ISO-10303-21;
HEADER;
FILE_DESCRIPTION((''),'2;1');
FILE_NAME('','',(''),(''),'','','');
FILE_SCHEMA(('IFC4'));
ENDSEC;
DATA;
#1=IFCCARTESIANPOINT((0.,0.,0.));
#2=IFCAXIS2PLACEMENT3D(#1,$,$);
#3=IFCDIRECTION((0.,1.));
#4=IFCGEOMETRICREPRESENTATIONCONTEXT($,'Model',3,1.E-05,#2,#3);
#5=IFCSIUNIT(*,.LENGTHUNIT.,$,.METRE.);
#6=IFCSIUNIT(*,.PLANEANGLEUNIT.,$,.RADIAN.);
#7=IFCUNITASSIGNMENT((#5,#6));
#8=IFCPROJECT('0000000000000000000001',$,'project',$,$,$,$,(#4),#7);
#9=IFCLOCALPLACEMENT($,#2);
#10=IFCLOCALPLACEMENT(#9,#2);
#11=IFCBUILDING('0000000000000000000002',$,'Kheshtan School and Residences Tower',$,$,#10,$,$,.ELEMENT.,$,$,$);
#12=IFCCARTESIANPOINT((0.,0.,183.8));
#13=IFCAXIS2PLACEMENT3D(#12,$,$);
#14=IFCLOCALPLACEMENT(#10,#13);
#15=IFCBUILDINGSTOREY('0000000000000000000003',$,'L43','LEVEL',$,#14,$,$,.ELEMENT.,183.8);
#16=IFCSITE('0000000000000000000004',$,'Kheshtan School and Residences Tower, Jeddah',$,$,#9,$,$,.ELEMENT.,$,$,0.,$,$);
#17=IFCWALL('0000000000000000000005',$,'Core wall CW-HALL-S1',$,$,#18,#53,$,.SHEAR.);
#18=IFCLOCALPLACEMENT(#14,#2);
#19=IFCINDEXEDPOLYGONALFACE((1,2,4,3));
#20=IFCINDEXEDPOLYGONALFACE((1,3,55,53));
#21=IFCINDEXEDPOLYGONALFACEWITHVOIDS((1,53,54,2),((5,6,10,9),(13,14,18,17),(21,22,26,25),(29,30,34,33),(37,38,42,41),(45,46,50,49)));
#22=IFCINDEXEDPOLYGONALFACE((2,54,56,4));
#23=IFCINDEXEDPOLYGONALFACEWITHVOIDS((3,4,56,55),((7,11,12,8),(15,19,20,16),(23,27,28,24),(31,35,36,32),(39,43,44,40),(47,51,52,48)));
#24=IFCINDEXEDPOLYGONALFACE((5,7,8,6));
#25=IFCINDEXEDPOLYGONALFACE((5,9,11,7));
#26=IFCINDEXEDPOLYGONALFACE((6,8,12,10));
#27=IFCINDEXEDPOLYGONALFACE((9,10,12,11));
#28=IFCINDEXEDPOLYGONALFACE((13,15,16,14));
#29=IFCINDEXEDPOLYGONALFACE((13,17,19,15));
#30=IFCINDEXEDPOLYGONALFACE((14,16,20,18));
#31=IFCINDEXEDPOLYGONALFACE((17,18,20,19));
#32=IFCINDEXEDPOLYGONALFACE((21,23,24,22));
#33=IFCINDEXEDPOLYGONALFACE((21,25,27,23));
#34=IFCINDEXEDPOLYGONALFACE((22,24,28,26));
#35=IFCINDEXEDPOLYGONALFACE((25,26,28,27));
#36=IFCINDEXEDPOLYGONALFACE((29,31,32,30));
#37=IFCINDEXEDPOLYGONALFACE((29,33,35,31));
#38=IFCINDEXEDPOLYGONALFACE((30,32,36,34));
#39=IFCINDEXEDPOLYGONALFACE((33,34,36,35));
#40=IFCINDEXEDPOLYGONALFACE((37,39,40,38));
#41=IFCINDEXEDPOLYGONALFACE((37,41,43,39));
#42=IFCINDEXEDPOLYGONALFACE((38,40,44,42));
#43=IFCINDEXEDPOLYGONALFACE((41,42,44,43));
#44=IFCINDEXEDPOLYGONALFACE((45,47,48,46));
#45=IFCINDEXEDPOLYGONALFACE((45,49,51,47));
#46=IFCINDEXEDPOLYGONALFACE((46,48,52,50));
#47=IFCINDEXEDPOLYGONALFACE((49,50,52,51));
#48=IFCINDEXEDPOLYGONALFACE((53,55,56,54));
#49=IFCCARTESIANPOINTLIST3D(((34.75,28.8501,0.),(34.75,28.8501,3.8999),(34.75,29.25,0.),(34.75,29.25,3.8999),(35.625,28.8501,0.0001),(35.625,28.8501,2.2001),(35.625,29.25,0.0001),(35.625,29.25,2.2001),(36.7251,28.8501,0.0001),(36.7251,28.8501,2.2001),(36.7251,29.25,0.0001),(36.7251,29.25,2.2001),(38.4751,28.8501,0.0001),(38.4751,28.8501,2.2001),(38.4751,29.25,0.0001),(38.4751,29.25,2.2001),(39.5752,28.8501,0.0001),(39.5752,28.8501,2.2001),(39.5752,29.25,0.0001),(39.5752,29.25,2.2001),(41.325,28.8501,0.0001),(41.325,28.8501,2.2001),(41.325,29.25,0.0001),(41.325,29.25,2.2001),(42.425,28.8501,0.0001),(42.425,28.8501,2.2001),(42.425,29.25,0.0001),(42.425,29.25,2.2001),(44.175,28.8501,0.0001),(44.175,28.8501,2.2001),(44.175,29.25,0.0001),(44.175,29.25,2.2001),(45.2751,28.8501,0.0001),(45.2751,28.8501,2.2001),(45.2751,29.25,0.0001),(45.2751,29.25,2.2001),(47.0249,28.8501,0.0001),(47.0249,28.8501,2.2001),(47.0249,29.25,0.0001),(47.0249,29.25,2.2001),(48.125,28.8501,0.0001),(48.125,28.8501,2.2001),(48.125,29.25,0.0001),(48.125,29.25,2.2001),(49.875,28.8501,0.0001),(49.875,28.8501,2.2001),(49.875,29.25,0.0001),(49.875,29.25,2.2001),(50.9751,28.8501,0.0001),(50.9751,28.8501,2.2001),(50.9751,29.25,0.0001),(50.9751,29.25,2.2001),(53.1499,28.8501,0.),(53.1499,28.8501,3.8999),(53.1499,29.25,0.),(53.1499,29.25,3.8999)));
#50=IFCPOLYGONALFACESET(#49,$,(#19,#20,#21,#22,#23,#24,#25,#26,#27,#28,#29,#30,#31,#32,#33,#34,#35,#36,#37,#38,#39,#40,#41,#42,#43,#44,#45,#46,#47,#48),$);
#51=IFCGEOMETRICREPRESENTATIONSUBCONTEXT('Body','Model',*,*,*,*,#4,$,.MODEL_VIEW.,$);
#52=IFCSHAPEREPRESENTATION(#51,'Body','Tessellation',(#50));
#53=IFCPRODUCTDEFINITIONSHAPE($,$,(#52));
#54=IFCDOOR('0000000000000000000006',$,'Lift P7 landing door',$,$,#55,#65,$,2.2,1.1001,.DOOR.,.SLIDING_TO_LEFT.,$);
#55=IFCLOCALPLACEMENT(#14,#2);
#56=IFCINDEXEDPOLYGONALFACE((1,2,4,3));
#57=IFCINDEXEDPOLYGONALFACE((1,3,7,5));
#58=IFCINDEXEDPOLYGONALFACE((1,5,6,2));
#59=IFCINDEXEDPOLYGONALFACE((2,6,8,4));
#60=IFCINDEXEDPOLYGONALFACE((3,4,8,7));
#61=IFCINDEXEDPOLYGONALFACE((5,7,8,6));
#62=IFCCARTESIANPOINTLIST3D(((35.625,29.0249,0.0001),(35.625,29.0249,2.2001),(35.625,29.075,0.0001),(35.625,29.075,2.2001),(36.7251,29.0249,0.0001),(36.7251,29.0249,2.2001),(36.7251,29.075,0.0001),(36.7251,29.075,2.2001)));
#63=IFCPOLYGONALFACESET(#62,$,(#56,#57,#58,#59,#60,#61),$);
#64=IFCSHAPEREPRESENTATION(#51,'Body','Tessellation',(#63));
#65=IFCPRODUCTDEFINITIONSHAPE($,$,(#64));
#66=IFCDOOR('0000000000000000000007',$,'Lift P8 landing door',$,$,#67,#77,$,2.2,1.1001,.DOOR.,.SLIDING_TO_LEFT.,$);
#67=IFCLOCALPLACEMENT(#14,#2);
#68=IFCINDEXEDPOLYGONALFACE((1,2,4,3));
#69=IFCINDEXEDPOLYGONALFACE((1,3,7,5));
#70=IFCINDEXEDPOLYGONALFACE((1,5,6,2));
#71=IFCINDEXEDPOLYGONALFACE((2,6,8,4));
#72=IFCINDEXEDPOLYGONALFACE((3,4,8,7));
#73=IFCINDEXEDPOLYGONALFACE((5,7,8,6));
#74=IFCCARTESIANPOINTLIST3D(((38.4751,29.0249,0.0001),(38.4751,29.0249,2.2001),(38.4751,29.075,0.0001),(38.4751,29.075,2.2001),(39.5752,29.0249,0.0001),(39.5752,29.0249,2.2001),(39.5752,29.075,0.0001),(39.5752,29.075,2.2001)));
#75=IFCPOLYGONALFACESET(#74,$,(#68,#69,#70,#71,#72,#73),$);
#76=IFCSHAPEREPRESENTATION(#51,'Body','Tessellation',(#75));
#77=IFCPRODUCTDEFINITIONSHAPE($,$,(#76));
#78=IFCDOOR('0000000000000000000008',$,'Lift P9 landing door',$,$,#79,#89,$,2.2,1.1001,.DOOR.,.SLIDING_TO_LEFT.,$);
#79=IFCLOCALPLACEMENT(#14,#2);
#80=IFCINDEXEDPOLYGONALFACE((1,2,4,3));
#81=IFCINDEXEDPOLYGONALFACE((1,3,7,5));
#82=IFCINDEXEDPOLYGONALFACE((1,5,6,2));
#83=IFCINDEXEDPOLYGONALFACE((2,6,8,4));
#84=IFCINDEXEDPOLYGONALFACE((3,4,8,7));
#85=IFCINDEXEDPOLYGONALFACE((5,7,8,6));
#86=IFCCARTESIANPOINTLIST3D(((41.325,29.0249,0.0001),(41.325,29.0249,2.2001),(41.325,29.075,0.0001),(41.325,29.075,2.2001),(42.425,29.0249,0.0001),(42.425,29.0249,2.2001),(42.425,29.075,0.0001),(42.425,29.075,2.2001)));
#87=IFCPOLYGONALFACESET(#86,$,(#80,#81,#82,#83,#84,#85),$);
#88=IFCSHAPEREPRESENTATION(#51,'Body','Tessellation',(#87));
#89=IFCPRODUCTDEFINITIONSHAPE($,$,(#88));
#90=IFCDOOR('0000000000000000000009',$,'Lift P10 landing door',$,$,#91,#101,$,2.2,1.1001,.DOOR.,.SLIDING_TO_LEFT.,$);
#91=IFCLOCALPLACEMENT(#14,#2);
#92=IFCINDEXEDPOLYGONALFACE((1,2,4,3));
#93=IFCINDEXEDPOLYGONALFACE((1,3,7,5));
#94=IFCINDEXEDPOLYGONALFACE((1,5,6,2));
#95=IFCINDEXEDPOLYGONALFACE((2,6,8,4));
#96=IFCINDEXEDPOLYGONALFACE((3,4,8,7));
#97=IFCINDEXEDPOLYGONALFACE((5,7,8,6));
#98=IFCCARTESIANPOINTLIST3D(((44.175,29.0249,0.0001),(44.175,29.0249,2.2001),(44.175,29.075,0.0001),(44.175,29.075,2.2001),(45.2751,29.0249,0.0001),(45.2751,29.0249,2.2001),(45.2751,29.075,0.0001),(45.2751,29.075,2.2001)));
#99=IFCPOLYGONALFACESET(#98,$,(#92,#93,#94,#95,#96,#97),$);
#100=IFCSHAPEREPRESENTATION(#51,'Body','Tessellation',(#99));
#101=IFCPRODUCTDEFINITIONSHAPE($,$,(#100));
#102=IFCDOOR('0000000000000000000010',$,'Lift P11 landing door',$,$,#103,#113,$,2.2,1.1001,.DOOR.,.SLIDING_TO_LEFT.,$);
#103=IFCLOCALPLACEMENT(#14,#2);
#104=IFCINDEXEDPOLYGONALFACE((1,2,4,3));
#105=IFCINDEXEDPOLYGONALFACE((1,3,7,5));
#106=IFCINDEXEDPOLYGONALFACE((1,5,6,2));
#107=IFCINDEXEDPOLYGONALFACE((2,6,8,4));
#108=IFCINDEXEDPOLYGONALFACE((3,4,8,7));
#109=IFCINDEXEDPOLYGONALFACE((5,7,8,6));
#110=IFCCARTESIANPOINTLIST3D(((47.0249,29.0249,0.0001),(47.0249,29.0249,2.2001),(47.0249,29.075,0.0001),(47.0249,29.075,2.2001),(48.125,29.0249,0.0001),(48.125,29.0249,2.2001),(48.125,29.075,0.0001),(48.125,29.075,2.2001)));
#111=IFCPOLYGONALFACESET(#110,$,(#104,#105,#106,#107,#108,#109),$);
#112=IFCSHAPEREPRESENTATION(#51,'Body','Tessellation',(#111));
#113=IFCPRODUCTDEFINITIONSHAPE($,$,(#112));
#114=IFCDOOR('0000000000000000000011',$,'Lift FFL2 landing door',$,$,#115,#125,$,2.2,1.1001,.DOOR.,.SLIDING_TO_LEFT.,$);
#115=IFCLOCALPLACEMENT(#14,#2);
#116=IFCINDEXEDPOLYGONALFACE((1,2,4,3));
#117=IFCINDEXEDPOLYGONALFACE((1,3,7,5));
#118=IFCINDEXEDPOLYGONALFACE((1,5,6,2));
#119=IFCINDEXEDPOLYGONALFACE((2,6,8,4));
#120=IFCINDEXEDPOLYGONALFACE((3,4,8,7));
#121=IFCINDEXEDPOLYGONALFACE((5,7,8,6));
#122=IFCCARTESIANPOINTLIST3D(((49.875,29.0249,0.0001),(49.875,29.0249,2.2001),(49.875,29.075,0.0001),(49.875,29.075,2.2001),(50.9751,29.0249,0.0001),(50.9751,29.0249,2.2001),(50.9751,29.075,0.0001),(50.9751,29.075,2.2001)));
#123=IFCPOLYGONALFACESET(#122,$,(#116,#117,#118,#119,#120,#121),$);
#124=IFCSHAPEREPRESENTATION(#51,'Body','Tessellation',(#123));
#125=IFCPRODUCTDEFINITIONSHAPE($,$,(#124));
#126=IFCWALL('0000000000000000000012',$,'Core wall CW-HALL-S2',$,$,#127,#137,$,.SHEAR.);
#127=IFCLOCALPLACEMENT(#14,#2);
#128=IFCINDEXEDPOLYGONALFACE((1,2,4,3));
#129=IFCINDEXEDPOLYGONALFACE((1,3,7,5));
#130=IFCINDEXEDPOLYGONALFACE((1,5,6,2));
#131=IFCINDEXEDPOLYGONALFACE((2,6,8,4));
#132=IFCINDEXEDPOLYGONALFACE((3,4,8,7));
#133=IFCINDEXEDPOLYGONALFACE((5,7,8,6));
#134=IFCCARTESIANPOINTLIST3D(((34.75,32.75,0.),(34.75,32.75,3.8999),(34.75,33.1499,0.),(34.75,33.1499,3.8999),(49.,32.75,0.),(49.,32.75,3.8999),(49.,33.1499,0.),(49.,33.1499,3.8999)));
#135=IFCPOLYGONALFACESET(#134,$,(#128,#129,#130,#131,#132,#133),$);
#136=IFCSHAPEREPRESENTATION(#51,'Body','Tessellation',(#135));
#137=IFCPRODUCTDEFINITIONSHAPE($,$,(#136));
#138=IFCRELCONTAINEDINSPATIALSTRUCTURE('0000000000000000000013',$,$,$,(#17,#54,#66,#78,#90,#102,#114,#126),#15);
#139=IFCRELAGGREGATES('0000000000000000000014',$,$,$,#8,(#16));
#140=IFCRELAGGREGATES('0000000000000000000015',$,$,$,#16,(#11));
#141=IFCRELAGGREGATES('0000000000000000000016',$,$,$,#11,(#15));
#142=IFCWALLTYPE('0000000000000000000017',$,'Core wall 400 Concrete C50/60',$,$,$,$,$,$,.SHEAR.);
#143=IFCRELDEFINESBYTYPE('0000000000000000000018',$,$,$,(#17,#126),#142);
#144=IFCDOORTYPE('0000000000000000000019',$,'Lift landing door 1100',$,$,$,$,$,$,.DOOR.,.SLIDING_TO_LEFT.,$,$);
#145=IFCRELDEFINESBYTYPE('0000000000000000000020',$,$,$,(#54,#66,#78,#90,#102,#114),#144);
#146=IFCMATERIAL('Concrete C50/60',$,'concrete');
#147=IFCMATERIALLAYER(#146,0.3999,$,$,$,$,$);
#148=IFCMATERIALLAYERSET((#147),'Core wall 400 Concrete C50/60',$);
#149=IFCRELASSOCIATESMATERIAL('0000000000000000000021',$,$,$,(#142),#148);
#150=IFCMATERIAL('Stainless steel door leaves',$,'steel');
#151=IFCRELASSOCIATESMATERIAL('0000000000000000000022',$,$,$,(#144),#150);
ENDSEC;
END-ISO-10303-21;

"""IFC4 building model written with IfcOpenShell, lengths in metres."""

from ifc_helpers import new_model, si_unit, direction, frame, frame_2d, origin, place, context, subcontext, project, spatial, rectangle, extrude, source, transform, mapped, material, layer, layer_set, type_object, element, fill, save


model = new_model("IFC4")

# Units and contexts
model_context = context("Model", 3, precision=1e-05, world=origin(), true_north=direction((0.0, 1.0)))
body_context = subcontext(model_context, "Body", "Model", "MODEL_VIEW")
ifc_project = project(units=[si_unit("LENGTHUNIT", "METRE"), si_unit("PLANEANGLEUNIT", "RADIAN")], contexts=[model_context])

# Site, building, storey
site_placement = place(None, origin())
site = spatial("IfcSite", under=ifc_project, at=site_placement, Name="Kheshtan School and Residences Tower, Jeddah", CompositionType="ELEMENT", RefElevation=0.0)
building_placement = place(site_placement, origin())
building = spatial("IfcBuilding", under=site, at=building_placement, Name="Kheshtan School and Residences Tower", CompositionType="ELEMENT")
storey_placement = place(building_placement, frame((0.0, 0.0, 183.8)))
storey = spatial("IfcBuildingStorey", under=building, at=storey_placement, Name="L43", Description="LEVEL", CompositionType="ELEMENT", Elevation=183.8)

# Wall, openings, doors
ifc_material_1 = material(Name="Concrete C50/60", Category="concrete")
ifc_layer_1 = layer(ifc_material_1, 0.3999)
ifc_layer_set_1 = layer_set([ifc_layer_1], Name="Core wall 400 Concrete C50/60")
wall_type_1 = type_object("IfcWallType", Name="Core wall 400 Concrete C50/60", PredefinedType="SHEAR", material=ifc_layer_set_1)
wall_1_placement = place(storey_placement, frame((34.75, 29.05, 0.0), z_axis=(0.0, 0.0, 1.0), x_axis=(1.0, 0.0, 0.0)))
wall_1 = element("IfcWall", 1, at=wall_1_placement, inside=storey, type_object=wall_type_1, Name="Core wall CW-HALL-S1", PredefinedType="SHEAR", context=body_context, shape_type="SweptSolid", body=[
    extrude(rectangle(XDim=18.3999, YDim=0.3999, at=frame_2d((9.2, 0.0))), origin(), (0.0, 0.0, 1.0), 3.8999),
])
opening_1_placement = place(wall_1_placement, frame((0.875, 0.0, 0.0)))
opening_1 = element("IfcOpeningElement", 2, at=opening_1_placement, cuts=wall_1, PredefinedType="OPENING", context=body_context, shape_type="SweptSolid", body=[
    extrude(rectangle(XDim=1.1001, YDim=2.2, at=frame_2d((0.55, 1.1001))), frame((0.0, 0.21, 0.0), z_axis=(0.0, -1.0, 0.0), x_axis=(1.0, 0.0, 0.0)), (0.0, 0.0, 1.0), 0.4199),
])
opening_2_placement = place(wall_1_placement, frame((3.7251, 0.0, 0.0)))
opening_2 = element("IfcOpeningElement", 3, at=opening_2_placement, cuts=wall_1, PredefinedType="OPENING", context=body_context, shape_type="SweptSolid", body=[
    extrude(rectangle(XDim=1.1001, YDim=2.2, at=frame_2d((0.55, 1.1001))), frame((0.0, 0.21, 0.0), z_axis=(0.0, -1.0, 0.0), x_axis=(1.0, 0.0, 0.0)), (0.0, 0.0, 1.0), 0.4199),
])
opening_3_placement = place(wall_1_placement, frame((6.575, 0.0, 0.0)))
opening_3 = element("IfcOpeningElement", 4, at=opening_3_placement, cuts=wall_1, PredefinedType="OPENING", context=body_context, shape_type="SweptSolid", body=[
    extrude(rectangle(XDim=1.1001, YDim=2.2, at=frame_2d((0.55, 1.1001))), frame((0.0, 0.21, 0.0), z_axis=(0.0, -1.0, 0.0), x_axis=(1.0, 0.0, 0.0)), (0.0, 0.0, 1.0), 0.4199),
])
opening_4_placement = place(wall_1_placement, frame((9.425, 0.0, 0.0)))
opening_4 = element("IfcOpeningElement", 5, at=opening_4_placement, cuts=wall_1, PredefinedType="OPENING", context=body_context, shape_type="SweptSolid", body=[
    extrude(rectangle(XDim=1.1001, YDim=2.2, at=frame_2d((0.55, 1.1001))), frame((0.0, 0.21, 0.0), z_axis=(0.0, -1.0, 0.0), x_axis=(1.0, 0.0, 0.0)), (0.0, 0.0, 1.0), 0.4199),
])
opening_5_placement = place(wall_1_placement, frame((12.2749, 0.0, 0.0)))
opening_5 = element("IfcOpeningElement", 6, at=opening_5_placement, cuts=wall_1, PredefinedType="OPENING", context=body_context, shape_type="SweptSolid", body=[
    extrude(rectangle(XDim=1.1001, YDim=2.2, at=frame_2d((0.55, 1.1001))), frame((0.0, 0.21, 0.0), z_axis=(0.0, -1.0, 0.0), x_axis=(1.0, 0.0, 0.0)), (0.0, 0.0, 1.0), 0.4199),
])
opening_6_placement = place(wall_1_placement, frame((15.125, 0.0, 0.0)))
opening_6 = element("IfcOpeningElement", 7, at=opening_6_placement, cuts=wall_1, PredefinedType="OPENING", context=body_context, shape_type="SweptSolid", body=[
    extrude(rectangle(XDim=1.1001, YDim=2.2, at=frame_2d((0.55, 1.1001))), frame((0.0, 0.21, 0.0), z_axis=(0.0, -1.0, 0.0), x_axis=(1.0, 0.0, 0.0)), (0.0, 0.0, 1.0), 0.4199),
])
ifc_material_2 = material(Name="Stainless steel door leaves", Category="steel")
door_type_1 = type_object("IfcDoorType", Name="Lift landing door 1100", OperationType="SLIDING_TO_LEFT", PredefinedType="DOOR", material=ifc_material_2)
shared_shape_1 = source(origin(), body_context, "Body", "SweptSolid", [
    extrude(rectangle(XDim=1.1001, YDim=2.2, at=frame_2d((0.55, 1.1001))), frame((0.0, 0.0249, 0.0), z_axis=(0.0, -1.0, 0.0), x_axis=(1.0, 0.0, 0.0)), (0.0, 0.0, 1.0), 0.05),
])
door_1_placement = place(opening_1_placement, origin())
door_1 = element("IfcDoor", 8, at=door_1_placement, inside=storey, type_object=door_type_1, Name="Lift P7 landing door", OperationType="SLIDING_TO_LEFT", OverallHeight=2.2, OverallWidth=1.1001, PredefinedType="DOOR", context=body_context, shape_type="MappedRepresentation", body=[
    mapped(shared_shape_1, transform((0.0, 0.0, 0.0), x_axis=(1.0, 0.0, 0.0), y_axis=(0.0, 1.0, 0.0), z_axis=(0.0, 0.0, 1.0), scale=1.0)),
])
fill(opening_1, door_1)
door_2_placement = place(opening_2_placement, origin())
door_2 = element("IfcDoor", 9, at=door_2_placement, inside=storey, type_object=door_type_1, Name="Lift P8 landing door", OperationType="SLIDING_TO_LEFT", OverallHeight=2.2, OverallWidth=1.1001, PredefinedType="DOOR", context=body_context, shape_type="MappedRepresentation", body=[
    mapped(shared_shape_1, transform((0.0, 0.0, 0.0), x_axis=(1.0, 0.0, 0.0), y_axis=(0.0, 1.0, 0.0), z_axis=(0.0, 0.0, 1.0), scale=1.0)),
])
fill(opening_2, door_2)
door_3_placement = place(opening_3_placement, origin())
door_3 = element("IfcDoor", 10, at=door_3_placement, inside=storey, type_object=door_type_1, Name="Lift P9 landing door", OperationType="SLIDING_TO_LEFT", OverallHeight=2.2, OverallWidth=1.1001, PredefinedType="DOOR", context=body_context, shape_type="MappedRepresentation", body=[
    mapped(shared_shape_1, transform((0.0, 0.0, 0.0), x_axis=(1.0, 0.0, 0.0), y_axis=(0.0, 1.0, 0.0), z_axis=(0.0, 0.0, 1.0), scale=1.0)),
])
fill(opening_3, door_3)
door_4_placement = place(opening_4_placement, origin())
door_4 = element("IfcDoor", 11, at=door_4_placement, inside=storey, type_object=door_type_1, Name="Lift P10 landing door", OperationType="SLIDING_TO_LEFT", OverallHeight=2.2, OverallWidth=1.1001, PredefinedType="DOOR", context=body_context, shape_type="MappedRepresentation", body=[
    mapped(shared_shape_1, transform((0.0, 0.0, 0.0), x_axis=(1.0, 0.0, 0.0), y_axis=(0.0, 1.0, 0.0), z_axis=(0.0, 0.0, 1.0), scale=1.0)),
])
fill(opening_4, door_4)
door_5_placement = place(opening_5_placement, origin())
door_5 = element("IfcDoor", 12, at=door_5_placement, inside=storey, type_object=door_type_1, Name="Lift P11 landing door", OperationType="SLIDING_TO_LEFT", OverallHeight=2.2, OverallWidth=1.1001, PredefinedType="DOOR", context=body_context, shape_type="MappedRepresentation", body=[
    mapped(shared_shape_1, transform((0.0, 0.0, 0.0), x_axis=(1.0, 0.0, 0.0), y_axis=(0.0, 1.0, 0.0), z_axis=(0.0, 0.0, 1.0), scale=1.0)),
])
fill(opening_5, door_5)
door_6_placement = place(opening_6_placement, origin())
door_6 = element("IfcDoor", 13, at=door_6_placement, inside=storey, type_object=door_type_1, Name="Lift FFL2 landing door", OperationType="SLIDING_TO_LEFT", OverallHeight=2.2, OverallWidth=1.1001, PredefinedType="DOOR", context=body_context, shape_type="MappedRepresentation", body=[
    mapped(shared_shape_1, transform((0.0, 0.0, 0.0), x_axis=(1.0, 0.0, 0.0), y_axis=(0.0, 1.0, 0.0), z_axis=(0.0, 0.0, 1.0), scale=1.0)),
])
fill(opening_6, door_6)

# Wall
wall_2_placement = place(storey_placement, frame((34.75, 32.95, 0.0), z_axis=(0.0, 0.0, 1.0), x_axis=(1.0, 0.0, 0.0)))
element("IfcWall", 14, at=wall_2_placement, inside=storey, type_object=wall_type_1, Name="Core wall CW-HALL-S2", PredefinedType="SHEAR", context=body_context, shape_type="SweptSolid", body=[
    extrude(rectangle(XDim=14.25, YDim=0.3999, at=frame_2d((7.125, 0.0))), origin(), (0.0, 0.0, 1.0), 3.8999),
])

save(model, "model.ifc")
